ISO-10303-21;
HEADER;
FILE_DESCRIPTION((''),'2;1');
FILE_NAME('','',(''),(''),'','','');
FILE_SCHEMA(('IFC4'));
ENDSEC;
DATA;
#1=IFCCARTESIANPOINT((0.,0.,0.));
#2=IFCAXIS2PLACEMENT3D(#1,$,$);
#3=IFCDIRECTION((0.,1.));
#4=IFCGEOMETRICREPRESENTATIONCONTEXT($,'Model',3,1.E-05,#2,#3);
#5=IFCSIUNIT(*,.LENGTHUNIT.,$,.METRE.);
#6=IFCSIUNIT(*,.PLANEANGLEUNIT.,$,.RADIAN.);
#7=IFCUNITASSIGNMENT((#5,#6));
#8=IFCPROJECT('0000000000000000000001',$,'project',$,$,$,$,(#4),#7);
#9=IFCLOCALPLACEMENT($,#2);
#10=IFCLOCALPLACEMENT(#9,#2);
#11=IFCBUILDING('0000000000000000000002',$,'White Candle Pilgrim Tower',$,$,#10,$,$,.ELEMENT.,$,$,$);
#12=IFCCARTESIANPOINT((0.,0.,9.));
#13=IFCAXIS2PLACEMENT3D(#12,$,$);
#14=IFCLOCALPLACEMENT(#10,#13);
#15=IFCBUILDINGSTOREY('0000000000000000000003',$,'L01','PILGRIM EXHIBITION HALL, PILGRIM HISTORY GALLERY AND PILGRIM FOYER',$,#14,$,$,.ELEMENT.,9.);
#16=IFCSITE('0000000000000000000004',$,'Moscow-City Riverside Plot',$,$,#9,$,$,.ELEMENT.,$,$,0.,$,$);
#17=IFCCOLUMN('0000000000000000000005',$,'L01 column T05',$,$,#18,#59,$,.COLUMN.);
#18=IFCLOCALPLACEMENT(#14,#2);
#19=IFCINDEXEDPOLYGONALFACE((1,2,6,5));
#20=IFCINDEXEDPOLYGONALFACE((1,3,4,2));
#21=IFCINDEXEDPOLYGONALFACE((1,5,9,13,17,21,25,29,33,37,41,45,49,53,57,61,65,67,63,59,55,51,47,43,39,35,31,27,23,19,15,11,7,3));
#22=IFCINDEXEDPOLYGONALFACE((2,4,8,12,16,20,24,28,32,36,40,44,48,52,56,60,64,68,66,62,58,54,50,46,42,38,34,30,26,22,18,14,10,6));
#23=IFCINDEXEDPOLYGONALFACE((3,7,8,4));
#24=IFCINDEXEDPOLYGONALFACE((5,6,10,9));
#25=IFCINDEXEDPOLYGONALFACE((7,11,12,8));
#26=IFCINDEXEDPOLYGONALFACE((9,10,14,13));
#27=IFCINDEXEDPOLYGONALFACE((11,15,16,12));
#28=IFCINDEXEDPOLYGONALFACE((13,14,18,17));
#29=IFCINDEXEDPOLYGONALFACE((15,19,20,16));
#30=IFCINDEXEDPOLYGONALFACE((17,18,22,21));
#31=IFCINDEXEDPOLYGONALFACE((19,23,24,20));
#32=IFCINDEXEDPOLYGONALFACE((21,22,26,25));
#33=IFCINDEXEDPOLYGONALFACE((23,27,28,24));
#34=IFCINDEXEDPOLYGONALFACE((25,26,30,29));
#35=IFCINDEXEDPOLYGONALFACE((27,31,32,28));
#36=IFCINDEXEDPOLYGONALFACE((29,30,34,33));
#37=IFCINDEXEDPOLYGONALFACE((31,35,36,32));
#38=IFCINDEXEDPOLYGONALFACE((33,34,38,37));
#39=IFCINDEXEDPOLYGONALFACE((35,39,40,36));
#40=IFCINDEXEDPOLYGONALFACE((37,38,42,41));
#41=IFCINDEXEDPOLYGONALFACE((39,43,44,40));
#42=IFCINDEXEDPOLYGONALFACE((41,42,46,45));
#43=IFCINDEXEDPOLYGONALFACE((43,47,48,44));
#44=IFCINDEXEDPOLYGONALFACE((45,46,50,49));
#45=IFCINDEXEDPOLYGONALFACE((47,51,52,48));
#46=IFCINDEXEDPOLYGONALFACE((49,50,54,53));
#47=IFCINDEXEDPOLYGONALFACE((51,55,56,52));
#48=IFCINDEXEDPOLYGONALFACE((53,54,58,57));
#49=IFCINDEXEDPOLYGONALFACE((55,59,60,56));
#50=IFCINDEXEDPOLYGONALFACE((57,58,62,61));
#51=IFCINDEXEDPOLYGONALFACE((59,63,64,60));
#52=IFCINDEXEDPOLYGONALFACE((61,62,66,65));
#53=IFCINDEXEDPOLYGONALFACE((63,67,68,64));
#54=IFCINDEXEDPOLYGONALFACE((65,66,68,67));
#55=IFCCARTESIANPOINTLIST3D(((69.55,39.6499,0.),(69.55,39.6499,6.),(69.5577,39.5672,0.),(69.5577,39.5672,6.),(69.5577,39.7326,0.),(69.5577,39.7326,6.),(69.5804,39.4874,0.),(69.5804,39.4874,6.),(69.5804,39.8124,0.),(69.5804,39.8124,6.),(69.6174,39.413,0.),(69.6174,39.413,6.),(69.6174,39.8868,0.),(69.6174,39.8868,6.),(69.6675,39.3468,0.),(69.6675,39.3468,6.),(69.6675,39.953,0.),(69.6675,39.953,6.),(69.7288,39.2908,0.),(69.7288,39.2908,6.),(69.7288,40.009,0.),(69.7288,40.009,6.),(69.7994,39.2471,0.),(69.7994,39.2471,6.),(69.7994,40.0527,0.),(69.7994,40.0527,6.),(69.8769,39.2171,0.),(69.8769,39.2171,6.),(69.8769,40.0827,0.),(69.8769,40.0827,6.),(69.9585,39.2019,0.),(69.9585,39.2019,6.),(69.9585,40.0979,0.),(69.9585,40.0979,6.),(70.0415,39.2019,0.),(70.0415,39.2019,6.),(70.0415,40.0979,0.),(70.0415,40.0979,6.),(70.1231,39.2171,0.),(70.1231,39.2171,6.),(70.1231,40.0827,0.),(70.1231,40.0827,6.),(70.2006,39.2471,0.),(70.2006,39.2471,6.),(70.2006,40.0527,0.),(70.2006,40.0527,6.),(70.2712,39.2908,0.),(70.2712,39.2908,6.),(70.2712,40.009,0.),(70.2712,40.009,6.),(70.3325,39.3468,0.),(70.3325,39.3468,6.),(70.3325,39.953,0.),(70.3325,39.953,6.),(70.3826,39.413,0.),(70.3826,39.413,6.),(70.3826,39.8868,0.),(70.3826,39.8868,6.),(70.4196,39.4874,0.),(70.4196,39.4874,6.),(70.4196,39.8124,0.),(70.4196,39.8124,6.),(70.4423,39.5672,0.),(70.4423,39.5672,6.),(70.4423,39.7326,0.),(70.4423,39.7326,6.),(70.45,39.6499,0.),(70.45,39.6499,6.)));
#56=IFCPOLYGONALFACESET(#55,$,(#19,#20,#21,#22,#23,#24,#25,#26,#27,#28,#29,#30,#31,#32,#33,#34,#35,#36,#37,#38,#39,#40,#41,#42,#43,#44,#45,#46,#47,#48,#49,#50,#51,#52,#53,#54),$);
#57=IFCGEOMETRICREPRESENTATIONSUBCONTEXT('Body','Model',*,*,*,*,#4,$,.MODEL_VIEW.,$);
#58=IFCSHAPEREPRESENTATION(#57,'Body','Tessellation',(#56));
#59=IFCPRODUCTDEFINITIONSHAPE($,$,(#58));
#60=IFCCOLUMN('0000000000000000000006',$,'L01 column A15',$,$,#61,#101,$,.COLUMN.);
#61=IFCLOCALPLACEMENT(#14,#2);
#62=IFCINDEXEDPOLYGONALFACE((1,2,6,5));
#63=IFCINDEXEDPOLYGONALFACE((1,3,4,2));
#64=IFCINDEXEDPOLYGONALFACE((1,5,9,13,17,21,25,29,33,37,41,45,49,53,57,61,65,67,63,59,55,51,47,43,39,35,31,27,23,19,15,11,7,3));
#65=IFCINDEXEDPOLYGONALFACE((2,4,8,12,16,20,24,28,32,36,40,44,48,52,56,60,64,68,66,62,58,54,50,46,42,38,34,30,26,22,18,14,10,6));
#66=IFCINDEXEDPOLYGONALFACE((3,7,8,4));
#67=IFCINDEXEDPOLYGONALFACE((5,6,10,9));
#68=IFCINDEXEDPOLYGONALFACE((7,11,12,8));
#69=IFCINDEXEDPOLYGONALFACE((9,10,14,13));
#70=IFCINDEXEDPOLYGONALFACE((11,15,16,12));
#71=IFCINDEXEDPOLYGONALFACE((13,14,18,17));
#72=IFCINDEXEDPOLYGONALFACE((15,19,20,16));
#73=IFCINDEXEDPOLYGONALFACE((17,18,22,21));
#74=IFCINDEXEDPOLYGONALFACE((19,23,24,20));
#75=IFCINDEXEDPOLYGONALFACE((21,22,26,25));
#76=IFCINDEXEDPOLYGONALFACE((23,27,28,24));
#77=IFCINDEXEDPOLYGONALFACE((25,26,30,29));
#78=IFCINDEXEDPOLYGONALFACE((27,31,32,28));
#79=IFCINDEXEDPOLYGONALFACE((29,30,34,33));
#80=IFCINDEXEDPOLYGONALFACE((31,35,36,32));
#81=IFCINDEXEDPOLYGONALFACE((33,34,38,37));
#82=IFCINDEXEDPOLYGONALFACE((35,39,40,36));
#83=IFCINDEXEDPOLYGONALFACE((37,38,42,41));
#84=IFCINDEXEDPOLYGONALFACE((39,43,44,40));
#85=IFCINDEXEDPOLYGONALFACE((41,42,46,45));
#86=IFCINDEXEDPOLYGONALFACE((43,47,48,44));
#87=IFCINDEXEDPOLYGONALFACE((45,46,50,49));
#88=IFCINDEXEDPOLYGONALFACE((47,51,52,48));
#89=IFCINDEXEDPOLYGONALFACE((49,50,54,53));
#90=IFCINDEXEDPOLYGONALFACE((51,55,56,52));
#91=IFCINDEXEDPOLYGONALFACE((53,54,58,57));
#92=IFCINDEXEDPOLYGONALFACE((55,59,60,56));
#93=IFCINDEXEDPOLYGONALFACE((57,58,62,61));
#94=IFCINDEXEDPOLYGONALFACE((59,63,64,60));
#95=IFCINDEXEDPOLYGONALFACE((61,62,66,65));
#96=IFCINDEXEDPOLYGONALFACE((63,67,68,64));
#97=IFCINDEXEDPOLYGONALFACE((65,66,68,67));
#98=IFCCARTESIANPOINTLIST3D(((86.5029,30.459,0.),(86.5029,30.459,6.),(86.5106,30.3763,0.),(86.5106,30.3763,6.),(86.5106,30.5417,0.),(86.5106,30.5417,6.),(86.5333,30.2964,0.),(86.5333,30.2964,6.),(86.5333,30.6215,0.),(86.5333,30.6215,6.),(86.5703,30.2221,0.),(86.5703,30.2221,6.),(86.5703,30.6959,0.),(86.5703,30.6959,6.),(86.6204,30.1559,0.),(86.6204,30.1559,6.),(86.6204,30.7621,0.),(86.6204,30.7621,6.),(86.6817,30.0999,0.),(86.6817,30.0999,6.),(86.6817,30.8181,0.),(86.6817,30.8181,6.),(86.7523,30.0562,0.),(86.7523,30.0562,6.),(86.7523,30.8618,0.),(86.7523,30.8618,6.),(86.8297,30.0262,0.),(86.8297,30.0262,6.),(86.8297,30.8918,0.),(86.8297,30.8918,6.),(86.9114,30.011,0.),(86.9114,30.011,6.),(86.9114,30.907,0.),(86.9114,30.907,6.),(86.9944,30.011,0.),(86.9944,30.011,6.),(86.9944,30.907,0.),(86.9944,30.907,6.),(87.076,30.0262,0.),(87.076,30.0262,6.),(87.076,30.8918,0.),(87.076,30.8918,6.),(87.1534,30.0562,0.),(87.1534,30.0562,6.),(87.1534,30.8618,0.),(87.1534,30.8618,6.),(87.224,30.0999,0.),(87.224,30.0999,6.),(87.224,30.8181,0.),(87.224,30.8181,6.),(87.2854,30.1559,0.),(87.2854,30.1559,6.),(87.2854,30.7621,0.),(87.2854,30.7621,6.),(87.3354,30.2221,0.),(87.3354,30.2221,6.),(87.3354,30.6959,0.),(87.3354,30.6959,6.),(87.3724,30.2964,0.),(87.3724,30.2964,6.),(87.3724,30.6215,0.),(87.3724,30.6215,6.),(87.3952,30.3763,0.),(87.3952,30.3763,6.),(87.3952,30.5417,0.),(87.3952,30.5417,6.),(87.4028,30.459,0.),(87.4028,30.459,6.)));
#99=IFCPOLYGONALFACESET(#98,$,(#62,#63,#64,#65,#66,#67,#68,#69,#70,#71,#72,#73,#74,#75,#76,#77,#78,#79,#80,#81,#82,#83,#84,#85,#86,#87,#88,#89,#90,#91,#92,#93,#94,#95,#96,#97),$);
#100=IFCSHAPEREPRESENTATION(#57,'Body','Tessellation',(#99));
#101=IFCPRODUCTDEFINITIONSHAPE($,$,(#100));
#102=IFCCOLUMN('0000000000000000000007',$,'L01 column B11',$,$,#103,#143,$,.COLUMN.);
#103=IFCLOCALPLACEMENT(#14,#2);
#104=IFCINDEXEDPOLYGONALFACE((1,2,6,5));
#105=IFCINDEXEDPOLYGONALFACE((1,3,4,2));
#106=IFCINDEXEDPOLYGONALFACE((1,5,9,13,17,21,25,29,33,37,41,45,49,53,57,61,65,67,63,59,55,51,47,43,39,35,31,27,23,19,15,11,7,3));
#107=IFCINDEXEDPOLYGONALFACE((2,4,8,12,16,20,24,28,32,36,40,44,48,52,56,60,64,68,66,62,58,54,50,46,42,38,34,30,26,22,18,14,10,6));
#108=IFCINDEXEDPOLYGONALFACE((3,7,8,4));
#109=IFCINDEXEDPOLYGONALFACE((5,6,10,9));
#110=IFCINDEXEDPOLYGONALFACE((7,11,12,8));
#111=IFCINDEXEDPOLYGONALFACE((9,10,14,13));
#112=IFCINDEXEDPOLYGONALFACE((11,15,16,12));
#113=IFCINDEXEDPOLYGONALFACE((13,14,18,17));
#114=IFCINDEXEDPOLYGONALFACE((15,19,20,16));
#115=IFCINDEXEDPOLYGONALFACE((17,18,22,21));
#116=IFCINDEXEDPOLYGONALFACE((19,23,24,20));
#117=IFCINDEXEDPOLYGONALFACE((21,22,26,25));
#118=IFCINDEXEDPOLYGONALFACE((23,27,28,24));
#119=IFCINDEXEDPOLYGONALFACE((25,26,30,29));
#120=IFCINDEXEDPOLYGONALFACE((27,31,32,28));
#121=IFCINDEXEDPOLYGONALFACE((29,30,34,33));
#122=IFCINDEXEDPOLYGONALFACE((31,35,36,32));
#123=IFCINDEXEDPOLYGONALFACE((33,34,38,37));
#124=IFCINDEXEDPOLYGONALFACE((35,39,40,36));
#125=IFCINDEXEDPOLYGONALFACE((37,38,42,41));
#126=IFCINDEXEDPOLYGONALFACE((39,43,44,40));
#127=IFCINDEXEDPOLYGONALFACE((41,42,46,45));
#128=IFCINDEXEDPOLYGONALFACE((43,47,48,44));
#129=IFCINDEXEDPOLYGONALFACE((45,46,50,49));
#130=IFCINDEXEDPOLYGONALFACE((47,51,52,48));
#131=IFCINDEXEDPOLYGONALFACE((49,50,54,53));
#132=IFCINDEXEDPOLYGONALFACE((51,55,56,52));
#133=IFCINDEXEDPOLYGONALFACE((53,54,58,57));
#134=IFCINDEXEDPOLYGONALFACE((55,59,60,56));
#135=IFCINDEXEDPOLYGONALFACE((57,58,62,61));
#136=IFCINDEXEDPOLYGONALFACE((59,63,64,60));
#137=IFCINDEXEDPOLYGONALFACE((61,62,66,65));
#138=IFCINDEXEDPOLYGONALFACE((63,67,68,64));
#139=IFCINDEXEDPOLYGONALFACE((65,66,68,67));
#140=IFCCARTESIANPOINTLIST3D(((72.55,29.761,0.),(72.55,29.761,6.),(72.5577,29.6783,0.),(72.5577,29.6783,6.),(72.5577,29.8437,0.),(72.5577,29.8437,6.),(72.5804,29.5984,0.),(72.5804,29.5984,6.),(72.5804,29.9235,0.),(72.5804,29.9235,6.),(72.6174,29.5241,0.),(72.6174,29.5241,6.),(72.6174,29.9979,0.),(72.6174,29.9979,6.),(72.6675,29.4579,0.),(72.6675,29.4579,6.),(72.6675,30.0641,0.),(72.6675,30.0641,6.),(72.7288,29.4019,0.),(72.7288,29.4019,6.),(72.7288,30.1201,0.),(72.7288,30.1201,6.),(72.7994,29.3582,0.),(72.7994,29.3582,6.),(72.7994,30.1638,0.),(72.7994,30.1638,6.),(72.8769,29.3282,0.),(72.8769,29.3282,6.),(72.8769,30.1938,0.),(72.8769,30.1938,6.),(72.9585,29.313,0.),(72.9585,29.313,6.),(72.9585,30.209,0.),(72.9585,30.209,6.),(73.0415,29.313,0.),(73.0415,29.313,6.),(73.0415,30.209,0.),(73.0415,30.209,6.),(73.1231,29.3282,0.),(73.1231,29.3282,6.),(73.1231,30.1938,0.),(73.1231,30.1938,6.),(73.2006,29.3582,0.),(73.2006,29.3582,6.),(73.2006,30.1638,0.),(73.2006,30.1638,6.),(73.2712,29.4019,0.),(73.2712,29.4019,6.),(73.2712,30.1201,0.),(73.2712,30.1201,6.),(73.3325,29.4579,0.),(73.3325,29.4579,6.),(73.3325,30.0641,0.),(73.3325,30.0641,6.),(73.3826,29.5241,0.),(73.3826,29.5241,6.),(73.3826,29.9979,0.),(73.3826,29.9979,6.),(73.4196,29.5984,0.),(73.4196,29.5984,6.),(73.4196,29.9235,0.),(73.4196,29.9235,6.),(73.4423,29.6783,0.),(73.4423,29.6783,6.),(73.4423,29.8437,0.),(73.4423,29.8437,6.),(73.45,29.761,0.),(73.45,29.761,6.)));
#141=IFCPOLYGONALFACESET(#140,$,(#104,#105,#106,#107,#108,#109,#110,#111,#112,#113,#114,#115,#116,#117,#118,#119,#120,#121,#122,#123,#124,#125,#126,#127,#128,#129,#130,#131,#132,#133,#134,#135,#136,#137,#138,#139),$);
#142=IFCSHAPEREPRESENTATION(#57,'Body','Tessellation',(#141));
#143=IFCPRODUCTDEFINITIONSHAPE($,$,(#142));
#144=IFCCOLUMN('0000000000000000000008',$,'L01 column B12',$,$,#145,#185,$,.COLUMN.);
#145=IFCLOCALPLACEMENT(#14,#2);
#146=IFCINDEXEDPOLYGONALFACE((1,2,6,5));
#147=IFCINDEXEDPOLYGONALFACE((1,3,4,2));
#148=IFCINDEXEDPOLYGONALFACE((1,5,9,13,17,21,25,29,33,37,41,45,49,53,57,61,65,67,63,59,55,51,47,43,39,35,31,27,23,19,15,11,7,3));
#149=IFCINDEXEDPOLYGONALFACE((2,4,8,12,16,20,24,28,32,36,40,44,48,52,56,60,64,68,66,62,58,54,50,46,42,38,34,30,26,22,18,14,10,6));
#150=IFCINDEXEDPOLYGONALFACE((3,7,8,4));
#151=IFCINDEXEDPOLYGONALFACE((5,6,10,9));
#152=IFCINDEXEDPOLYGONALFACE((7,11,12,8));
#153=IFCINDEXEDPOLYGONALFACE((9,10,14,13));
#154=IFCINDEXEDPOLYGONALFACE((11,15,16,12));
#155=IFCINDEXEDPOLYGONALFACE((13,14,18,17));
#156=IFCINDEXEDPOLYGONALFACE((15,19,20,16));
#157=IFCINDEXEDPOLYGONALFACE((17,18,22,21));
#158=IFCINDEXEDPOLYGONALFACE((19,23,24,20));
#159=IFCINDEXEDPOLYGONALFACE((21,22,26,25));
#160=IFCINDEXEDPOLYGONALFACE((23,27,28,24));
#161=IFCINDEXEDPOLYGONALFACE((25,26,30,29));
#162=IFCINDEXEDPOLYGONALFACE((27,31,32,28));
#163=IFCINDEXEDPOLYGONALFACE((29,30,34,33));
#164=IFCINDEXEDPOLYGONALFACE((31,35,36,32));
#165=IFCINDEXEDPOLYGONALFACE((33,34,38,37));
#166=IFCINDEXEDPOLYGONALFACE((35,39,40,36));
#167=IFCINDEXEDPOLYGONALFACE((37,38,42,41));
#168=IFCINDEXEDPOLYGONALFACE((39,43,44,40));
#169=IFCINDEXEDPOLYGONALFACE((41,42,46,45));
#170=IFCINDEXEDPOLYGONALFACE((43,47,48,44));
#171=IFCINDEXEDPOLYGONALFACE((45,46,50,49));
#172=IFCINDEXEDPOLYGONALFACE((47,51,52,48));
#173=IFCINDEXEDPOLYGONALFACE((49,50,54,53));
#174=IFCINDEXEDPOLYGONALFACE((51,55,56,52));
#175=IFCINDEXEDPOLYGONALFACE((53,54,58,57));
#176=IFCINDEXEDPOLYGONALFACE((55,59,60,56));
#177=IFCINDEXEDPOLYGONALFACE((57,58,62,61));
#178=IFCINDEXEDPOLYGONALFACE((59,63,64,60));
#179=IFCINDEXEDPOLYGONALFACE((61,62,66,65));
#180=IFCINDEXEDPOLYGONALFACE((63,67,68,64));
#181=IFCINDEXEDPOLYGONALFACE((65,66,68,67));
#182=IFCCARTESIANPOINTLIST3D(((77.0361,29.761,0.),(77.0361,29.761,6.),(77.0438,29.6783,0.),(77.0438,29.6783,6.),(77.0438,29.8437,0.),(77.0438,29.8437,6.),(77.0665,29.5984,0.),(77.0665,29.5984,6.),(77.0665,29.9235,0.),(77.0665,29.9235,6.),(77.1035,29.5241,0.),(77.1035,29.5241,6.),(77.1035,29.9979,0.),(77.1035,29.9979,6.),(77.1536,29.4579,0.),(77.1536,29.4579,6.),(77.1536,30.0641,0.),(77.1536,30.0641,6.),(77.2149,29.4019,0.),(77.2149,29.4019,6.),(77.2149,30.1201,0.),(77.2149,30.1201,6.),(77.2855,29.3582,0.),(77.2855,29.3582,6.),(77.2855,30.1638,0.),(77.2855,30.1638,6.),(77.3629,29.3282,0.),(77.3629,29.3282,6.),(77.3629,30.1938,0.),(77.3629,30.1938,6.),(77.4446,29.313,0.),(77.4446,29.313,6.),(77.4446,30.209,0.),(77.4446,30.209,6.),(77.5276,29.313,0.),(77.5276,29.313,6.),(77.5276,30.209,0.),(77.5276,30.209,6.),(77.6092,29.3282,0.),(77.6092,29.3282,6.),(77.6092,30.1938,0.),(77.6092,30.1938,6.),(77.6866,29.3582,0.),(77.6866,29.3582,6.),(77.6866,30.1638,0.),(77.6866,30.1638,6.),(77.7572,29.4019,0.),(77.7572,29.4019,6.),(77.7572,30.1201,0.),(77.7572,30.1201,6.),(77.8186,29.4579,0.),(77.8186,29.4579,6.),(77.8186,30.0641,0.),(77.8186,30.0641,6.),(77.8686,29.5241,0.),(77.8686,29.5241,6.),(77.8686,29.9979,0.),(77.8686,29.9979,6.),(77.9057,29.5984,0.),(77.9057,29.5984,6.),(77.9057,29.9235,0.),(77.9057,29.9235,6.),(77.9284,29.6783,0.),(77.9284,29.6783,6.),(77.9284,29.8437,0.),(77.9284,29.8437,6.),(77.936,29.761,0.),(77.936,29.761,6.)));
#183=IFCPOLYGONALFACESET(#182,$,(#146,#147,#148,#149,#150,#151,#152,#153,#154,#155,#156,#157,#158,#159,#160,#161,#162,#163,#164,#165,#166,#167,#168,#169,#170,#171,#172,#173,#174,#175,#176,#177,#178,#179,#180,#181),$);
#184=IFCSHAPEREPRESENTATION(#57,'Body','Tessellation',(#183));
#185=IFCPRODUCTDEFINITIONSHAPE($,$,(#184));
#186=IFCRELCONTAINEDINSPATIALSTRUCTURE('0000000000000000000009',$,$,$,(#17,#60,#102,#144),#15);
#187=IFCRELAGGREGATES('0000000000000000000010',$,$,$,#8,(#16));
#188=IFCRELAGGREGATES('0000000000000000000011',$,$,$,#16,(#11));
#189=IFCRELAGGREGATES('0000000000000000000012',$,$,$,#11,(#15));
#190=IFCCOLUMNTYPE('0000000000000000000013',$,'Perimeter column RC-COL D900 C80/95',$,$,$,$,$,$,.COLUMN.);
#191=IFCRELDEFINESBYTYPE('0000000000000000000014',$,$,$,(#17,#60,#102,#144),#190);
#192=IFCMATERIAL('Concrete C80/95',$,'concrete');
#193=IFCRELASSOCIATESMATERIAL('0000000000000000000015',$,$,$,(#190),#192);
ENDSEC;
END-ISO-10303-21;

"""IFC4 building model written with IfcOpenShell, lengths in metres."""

from ifc_helpers import new_model, si_unit, direction, frame, origin, origin_2d, place, context, subcontext, project, spatial, circle, extrude, material, material_profile, profile_set, type_object, element, save


model = new_model("IFC4")

# Units and contexts
model_context = context("Model", 3, precision=1e-05, world=origin(), true_north=direction((0.0, 1.0)))
body_context = subcontext(model_context, "Body", "Model", "MODEL_VIEW")
ifc_project = project(units=[si_unit("LENGTHUNIT", "METRE"), si_unit("PLANEANGLEUNIT", "RADIAN")], contexts=[model_context])

# Site, building, storey
site_placement = place(None, origin())
site = spatial("IfcSite", under=ifc_project, at=site_placement, Name="Moscow-City Riverside Plot", CompositionType="ELEMENT", RefElevation=0.0)
building_placement = place(site_placement, origin())
building = spatial("IfcBuilding", under=site, at=building_placement, Name="White Candle Pilgrim Tower", CompositionType="ELEMENT")
storey_placement = place(building_placement, frame((0.0, 0.0, 9.0)))
storey = spatial("IfcBuildingStorey", under=building, at=storey_placement, Name="L01", Description="PILGRIM EXHIBITION HALL, PILGRIM HISTORY GALLERY AND PILGRIM FOYER", CompositionType="ELEMENT", Elevation=9.0)

# Columns
ifc_material_1 = material(Name="Concrete C80/95", Category="concrete")
ifc_material_profile_1 = material_profile(ifc_material_1, circle(Radius=0.45, at=origin_2d()), Name="RC-COL D900")
ifc_profile_set_1 = profile_set([ifc_material_profile_1], Name="Concrete C80/95")
column_type = type_object("IfcColumnType", Name="Perimeter column RC-COL D900 C80/95", PredefinedType="COLUMN", material=ifc_profile_set_1)
for number, where, z_axis, x_axis, name in (
    (1, (70.0, 39.6499, 0.0), (0.0, 0.0, 1.0), (1.0, 0.0, 0.0), "L01 column T05"),
    (2, (86.9529, 30.459, 0.0), (0.0, 0.0, 1.0), (1.0, 0.0, 0.0), "L01 column A15"),
    (3, (73.0, 29.761, 0.0), (0.0, 0.0, 1.0), (1.0, 0.0, 0.0), "L01 column B11"),
    (4, (77.4861, 29.761, 0.0), (0.0, 0.0, 1.0), (1.0, 0.0, 0.0), "L01 column B12"),
):
    element("IfcColumn", number, at=place(storey_placement, frame(where, z_axis=z_axis, x_axis=x_axis)), inside=storey, type_object=column_type, Name=name, PredefinedType="COLUMN", context=body_context, shape_type="SweptSolid", body=[
        extrude(circle(Radius=0.45, at=origin_2d()), origin(), (0.0, 0.0, 1.0), 6.0),
    ])

save(model, "model.ifc")
